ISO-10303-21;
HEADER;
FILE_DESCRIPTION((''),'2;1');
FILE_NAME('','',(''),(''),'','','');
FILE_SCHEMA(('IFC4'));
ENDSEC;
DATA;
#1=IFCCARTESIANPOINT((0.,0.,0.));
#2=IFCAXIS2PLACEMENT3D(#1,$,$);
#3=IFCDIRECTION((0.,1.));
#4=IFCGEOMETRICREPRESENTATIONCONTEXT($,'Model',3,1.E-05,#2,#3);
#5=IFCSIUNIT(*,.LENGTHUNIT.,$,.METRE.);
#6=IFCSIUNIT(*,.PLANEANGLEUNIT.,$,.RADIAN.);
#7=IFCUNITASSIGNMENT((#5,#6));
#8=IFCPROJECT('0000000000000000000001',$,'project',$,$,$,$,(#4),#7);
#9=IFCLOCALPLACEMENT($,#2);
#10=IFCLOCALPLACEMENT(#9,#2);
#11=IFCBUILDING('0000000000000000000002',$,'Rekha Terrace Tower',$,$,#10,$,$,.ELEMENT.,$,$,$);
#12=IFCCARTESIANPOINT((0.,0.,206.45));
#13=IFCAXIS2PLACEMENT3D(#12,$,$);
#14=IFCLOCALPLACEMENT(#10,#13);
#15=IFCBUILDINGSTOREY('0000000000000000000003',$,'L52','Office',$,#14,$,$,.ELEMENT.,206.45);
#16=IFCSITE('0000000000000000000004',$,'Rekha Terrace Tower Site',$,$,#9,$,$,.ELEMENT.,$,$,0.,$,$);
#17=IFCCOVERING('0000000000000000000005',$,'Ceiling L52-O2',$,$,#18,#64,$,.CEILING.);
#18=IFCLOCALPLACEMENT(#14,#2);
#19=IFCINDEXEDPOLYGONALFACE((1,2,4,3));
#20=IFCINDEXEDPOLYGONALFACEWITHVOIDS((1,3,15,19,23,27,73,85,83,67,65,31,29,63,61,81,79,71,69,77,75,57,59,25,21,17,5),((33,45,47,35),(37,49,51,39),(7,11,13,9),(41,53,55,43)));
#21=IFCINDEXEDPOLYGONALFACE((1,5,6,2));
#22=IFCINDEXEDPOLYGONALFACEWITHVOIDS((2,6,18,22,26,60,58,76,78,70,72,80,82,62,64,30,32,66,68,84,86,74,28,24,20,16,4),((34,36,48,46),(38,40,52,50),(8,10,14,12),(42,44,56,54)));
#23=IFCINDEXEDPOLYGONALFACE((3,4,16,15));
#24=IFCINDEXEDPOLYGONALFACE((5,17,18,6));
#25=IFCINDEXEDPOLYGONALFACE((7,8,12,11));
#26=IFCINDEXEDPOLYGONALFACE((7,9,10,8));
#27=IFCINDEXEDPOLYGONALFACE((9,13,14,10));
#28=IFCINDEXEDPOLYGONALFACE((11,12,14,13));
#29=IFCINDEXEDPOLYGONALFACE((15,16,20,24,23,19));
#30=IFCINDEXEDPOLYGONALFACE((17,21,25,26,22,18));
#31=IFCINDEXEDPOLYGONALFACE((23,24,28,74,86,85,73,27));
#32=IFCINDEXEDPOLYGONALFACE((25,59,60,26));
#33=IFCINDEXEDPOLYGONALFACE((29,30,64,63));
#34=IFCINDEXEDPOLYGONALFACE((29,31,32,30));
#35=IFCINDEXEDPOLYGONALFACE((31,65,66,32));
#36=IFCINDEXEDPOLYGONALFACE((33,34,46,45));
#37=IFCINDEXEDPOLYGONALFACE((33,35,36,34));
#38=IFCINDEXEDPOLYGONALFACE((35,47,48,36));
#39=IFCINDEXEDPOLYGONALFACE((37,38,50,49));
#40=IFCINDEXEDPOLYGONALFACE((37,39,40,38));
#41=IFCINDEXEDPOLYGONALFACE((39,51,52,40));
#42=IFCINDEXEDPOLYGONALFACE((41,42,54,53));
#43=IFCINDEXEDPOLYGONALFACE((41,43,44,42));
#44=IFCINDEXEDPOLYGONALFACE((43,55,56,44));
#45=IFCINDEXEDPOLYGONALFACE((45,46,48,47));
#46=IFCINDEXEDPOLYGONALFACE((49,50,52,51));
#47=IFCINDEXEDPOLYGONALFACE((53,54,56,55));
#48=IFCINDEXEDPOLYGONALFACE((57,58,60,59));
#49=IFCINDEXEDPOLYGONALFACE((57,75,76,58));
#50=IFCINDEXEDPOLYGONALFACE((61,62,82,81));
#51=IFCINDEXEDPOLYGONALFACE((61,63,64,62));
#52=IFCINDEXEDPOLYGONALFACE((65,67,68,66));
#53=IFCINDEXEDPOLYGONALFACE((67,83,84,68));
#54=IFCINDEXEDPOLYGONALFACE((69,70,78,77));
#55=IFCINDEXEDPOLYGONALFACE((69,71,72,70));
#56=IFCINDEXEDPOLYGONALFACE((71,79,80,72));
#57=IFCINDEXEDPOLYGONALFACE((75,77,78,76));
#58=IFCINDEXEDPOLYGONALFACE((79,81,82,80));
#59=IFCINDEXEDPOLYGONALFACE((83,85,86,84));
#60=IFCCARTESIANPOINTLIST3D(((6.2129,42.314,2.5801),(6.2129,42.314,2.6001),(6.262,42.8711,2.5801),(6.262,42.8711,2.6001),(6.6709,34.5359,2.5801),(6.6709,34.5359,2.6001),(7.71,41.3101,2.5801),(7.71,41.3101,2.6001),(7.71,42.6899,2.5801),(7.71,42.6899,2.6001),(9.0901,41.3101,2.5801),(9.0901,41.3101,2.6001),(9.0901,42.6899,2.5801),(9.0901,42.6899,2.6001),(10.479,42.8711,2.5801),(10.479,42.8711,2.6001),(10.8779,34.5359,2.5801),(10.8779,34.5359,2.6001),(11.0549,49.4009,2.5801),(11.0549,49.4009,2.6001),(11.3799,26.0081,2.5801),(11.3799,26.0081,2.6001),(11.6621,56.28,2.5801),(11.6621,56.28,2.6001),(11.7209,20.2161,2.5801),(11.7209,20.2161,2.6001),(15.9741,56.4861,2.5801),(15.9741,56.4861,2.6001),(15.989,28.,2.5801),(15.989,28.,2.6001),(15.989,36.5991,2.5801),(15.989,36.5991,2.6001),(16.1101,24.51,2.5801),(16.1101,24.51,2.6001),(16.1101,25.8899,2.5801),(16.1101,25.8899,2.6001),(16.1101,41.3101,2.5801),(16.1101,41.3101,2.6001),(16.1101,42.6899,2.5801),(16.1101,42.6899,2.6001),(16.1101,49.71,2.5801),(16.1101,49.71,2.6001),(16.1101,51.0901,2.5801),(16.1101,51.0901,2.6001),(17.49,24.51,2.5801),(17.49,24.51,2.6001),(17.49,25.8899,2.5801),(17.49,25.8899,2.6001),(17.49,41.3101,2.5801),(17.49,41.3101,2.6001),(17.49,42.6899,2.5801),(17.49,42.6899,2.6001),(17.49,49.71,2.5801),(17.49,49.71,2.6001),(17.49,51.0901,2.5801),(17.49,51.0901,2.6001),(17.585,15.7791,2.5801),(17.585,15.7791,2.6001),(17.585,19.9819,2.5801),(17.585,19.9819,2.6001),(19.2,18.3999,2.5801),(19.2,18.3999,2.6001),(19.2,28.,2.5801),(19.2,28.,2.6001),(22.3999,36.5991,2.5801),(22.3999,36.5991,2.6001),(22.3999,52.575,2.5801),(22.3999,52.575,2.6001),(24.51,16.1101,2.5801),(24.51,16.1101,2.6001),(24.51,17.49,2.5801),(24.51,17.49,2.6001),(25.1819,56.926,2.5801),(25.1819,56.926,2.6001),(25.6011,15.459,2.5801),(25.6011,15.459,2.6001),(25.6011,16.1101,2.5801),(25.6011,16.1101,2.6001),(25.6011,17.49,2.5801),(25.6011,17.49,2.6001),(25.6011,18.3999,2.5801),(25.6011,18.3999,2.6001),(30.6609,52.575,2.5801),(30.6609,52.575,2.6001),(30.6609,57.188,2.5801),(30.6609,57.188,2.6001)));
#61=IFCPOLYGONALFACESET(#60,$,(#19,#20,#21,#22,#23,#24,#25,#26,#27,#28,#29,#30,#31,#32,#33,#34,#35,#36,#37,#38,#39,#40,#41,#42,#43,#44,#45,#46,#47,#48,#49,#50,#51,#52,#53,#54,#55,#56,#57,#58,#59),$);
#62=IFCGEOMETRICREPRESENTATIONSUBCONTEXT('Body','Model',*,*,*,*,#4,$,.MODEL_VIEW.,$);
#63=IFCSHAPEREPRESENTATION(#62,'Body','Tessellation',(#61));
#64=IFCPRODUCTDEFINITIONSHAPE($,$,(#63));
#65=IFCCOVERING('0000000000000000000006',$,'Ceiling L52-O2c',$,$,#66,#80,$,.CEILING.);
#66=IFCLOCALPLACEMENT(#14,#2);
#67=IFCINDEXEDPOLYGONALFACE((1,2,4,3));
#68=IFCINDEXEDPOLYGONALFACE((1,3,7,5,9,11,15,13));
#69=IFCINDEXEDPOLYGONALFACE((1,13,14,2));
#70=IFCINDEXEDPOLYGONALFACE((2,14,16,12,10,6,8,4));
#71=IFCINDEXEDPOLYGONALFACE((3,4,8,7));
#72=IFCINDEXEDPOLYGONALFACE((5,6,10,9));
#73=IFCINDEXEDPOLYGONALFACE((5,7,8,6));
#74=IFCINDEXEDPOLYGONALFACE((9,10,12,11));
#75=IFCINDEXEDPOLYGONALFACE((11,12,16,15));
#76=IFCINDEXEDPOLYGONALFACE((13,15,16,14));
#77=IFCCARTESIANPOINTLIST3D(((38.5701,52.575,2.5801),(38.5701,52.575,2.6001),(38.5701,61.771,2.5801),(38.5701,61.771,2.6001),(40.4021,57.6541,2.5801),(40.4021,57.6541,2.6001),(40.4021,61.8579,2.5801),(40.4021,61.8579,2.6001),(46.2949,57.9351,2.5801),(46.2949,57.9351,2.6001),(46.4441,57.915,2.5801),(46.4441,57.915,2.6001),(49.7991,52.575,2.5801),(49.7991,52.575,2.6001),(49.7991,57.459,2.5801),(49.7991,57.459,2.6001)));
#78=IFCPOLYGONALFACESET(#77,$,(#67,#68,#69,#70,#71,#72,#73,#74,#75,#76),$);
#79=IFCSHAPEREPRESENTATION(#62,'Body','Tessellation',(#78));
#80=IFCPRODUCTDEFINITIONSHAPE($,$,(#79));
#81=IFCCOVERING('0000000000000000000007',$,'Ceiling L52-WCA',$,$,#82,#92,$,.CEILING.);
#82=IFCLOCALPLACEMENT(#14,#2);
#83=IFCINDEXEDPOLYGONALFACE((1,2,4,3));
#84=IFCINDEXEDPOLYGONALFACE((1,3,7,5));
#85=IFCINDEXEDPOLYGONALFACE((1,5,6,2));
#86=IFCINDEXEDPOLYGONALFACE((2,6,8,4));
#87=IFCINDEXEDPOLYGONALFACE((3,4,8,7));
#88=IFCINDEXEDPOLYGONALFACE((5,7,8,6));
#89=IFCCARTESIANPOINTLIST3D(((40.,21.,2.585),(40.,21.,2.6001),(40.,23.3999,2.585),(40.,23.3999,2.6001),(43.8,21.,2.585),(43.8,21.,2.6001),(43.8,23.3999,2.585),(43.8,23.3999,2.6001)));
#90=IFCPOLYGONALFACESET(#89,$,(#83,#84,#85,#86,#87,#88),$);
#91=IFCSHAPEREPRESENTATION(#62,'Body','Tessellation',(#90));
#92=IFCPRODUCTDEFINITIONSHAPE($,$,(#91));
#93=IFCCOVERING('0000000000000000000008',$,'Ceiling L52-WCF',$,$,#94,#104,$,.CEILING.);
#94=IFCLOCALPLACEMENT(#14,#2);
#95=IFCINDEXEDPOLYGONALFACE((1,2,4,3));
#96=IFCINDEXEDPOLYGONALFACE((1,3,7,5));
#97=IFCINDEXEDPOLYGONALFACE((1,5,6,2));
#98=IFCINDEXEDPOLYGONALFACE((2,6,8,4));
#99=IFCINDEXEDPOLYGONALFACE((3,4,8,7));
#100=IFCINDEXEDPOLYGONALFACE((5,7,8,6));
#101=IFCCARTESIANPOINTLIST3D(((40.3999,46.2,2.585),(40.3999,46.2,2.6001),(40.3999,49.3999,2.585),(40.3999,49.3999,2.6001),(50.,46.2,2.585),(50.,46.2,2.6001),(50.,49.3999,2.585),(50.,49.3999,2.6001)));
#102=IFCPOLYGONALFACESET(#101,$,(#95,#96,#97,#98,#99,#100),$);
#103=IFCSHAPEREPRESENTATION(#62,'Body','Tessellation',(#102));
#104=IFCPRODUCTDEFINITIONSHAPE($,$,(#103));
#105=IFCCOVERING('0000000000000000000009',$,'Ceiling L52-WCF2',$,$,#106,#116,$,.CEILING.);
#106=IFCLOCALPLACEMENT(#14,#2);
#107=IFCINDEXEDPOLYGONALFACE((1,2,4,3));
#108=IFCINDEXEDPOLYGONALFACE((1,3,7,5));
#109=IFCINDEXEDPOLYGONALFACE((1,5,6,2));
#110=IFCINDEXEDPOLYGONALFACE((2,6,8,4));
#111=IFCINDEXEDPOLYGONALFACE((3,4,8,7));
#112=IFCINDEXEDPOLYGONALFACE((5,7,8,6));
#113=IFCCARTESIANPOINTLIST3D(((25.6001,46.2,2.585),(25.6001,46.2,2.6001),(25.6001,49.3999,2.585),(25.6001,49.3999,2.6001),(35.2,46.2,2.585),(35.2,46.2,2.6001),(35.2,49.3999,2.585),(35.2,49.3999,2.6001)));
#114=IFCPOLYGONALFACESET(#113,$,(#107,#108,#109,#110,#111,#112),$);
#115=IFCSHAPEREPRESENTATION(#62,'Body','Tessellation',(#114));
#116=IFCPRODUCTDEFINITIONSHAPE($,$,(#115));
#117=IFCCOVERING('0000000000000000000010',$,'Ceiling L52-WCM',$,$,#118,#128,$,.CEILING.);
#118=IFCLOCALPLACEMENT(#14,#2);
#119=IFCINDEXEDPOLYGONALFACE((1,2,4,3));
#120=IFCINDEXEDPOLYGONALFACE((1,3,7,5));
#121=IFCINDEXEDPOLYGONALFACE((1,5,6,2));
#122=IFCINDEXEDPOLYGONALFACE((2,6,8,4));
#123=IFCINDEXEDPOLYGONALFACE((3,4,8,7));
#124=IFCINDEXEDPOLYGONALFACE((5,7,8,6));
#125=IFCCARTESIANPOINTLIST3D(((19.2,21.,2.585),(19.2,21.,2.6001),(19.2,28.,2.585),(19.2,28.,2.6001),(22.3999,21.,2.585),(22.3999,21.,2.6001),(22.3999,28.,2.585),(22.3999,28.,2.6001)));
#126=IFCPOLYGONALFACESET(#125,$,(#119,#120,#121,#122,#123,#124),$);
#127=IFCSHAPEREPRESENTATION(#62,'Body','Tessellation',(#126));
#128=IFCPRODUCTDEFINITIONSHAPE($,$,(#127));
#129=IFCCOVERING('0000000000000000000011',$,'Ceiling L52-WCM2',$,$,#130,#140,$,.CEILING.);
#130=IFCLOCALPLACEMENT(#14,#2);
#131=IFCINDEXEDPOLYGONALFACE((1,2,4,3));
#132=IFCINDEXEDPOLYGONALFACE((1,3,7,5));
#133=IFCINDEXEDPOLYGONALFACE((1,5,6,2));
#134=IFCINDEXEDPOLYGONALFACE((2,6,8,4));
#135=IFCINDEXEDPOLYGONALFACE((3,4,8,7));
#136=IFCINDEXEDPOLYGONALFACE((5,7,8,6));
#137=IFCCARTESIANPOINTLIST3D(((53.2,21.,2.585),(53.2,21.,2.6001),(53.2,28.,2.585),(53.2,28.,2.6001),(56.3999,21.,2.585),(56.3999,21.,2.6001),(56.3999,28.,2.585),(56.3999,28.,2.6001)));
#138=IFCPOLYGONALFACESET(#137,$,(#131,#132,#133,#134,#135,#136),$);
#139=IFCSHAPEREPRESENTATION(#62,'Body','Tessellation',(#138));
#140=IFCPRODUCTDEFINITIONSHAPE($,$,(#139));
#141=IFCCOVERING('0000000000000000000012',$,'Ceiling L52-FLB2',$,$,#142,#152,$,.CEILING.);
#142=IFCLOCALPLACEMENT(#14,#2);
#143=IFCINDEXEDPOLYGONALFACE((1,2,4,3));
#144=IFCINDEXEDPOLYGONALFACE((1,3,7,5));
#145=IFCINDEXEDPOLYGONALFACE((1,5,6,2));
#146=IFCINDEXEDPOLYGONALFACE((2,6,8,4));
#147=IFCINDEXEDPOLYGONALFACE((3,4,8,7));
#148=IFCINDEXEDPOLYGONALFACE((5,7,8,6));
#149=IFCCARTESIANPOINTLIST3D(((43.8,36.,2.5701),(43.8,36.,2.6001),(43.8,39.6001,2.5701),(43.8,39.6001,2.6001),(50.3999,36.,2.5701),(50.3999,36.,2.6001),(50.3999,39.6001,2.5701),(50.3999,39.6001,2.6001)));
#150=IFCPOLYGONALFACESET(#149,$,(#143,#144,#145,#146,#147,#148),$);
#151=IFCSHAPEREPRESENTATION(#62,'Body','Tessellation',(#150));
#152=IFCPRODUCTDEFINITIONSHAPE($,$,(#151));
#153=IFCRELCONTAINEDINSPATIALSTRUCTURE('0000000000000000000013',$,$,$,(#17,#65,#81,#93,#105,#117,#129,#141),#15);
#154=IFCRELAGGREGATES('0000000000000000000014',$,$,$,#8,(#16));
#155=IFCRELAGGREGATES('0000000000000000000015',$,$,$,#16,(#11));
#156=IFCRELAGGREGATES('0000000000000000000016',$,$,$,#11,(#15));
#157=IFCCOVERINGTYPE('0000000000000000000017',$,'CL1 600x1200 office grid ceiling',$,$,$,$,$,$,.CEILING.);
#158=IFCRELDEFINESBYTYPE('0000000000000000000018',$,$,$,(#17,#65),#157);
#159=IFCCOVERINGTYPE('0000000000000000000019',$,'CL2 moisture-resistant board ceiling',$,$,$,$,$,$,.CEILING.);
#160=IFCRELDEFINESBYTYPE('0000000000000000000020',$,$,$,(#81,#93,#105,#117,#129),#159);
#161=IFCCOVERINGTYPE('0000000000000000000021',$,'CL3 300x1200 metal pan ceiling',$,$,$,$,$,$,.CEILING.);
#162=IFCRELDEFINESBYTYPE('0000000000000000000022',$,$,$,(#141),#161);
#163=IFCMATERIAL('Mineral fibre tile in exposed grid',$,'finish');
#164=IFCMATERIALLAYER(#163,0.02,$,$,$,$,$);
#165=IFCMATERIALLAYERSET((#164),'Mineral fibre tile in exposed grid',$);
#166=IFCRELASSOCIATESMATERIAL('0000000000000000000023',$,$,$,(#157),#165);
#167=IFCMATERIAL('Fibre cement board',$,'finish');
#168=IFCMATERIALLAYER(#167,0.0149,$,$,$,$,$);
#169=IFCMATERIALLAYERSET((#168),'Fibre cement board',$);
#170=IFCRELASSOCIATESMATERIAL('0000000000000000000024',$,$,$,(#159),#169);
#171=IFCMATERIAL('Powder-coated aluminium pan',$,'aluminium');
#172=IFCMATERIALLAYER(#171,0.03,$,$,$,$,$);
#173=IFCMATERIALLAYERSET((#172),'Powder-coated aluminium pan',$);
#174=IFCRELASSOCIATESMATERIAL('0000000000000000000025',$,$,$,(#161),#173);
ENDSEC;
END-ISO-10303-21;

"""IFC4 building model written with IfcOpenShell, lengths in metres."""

from ifc_helpers import new_model, si_unit, direction, frame, origin, place, context, subcontext, project, spatial, polyline, outline, extrude, material, layer, layer_set, type_object, element, save


model = new_model("IFC4")

# Units and contexts
model_context = context("Model", 3, precision=1e-05, world=origin(), true_north=direction((0.0, 1.0)))
body_context = subcontext(model_context, "Body", "Model", "MODEL_VIEW")
ifc_project = project(units=[si_unit("LENGTHUNIT", "METRE"), si_unit("PLANEANGLEUNIT", "RADIAN")], contexts=[model_context])

# Site, building, storey
site_placement = place(None, origin())
site = spatial("IfcSite", under=ifc_project, at=site_placement, Name="Rekha Terrace Tower Site", CompositionType="ELEMENT", RefElevation=0.0)
building_placement = place(site_placement, origin())
building = spatial("IfcBuilding", under=site, at=building_placement, Name="Rekha Terrace Tower", CompositionType="ELEMENT")
storey_placement = place(building_placement, frame((0.0, 0.0, 206.45)))
storey = spatial("IfcBuildingStorey", under=building, at=storey_placement, Name="L52", Description="Office", CompositionType="ELEMENT", Elevation=206.45)

# Coverings
ifc_material_1 = material(Name="Mineral fibre tile in exposed grid", Category="finish")
ifc_layer_1 = layer(ifc_material_1, 0.02)
ifc_layer_set_1 = layer_set([ifc_layer_1], Name="Mineral fibre tile in exposed grid")
covering_type_1 = type_object("IfcCoveringType", Name="CL1 600x1200 office grid ceiling", PredefinedType="CEILING", material=ifc_layer_set_1)
covering_1_placement = place(storey_placement, frame((0.0, 0.0, 2.5801)))
element("IfcCovering", 1, at=covering_1_placement, inside=storey, type_object=covering_type_1, Name="Ceiling L52-O2", PredefinedType="CEILING", context=body_context, shape_type="SweptSolid", body=[
    extrude(outline(polyline([(11.6621, 56.28), (11.0549, 49.4009), (10.479, 42.8711), (6.262, 42.8711), (6.2129, 42.314), (6.6709, 34.5359), (10.8779, 34.5359), (11.3799, 26.0081), (11.7209, 20.2161), (17.585, 19.9819), (17.585, 15.7791), (25.6011, 15.459), (25.6011, 16.1101), (24.51, 16.1101), (24.51, 17.49), (25.6011, 17.49), (25.6011, 18.3999), (19.2, 18.3999), (19.2, 28.0), (15.989, 28.0), (15.989, 36.5991), (22.3999, 36.5991), (22.3999, 52.575), (30.6609, 52.575), (30.6609, 57.188), (25.1819, 56.926), (15.9741, 56.4861), (11.6621, 56.28)]), holes=[polyline([(17.49, 24.51), (16.1101, 24.51), (16.1101, 25.8899), (17.49, 25.8899), (17.49, 24.51)]), polyline([(17.49, 42.6899), (17.49, 41.3101), (16.1101, 41.3101), (16.1101, 42.6899), (17.49, 42.6899)]), polyline([(17.49, 51.0901), (17.49, 49.71), (16.1101, 49.71), (16.1101, 51.0901), (17.49, 51.0901)]), polyline([(9.0901, 41.3101), (7.71, 41.3101), (7.71, 42.6899), (9.0901, 42.6899), (9.0901, 41.3101)])]), origin(), (0.0, 0.0, 1.0), 0.02),
])
covering_2_placement = place(storey_placement, frame((0.0, 0.0, 2.5801)))
element("IfcCovering", 2, at=covering_2_placement, inside=storey, type_object=covering_type_1, Name="Ceiling L52-O2c", PredefinedType="CEILING", context=body_context, shape_type="SweptSolid", body=[
    extrude(outline(polyline([(38.5701, 61.771), (38.5701, 52.575), (49.7991, 52.575), (49.7991, 57.459), (46.4441, 57.915), (46.2949, 57.9351), (40.4021, 57.6541), (40.4021, 61.8579), (38.5701, 61.771)])), origin(), (0.0, 0.0, 1.0), 0.02),
])
ifc_material_2 = material(Name="Fibre cement board", Category="finish")
ifc_layer_2 = layer(ifc_material_2, 0.0149)
ifc_layer_set_2 = layer_set([ifc_layer_2], Name="Fibre cement board")
covering_type_2 = type_object("IfcCoveringType", Name="CL2 moisture-resistant board ceiling", PredefinedType="CEILING", material=ifc_layer_set_2)
covering_3_placement = place(storey_placement, frame((0.0, 0.0, 2.585)))
element("IfcCovering", 3, at=covering_3_placement, inside=storey, type_object=covering_type_2, Name="Ceiling L52-WCA", PredefinedType="CEILING", context=body_context, shape_type="SweptSolid", body=[
    extrude(outline(polyline([(43.8, 23.3999), (40.0, 23.3999), (40.0, 21.0), (43.8, 21.0), (43.8, 23.3999)])), origin(), (0.0, 0.0, 1.0), 0.0151),
])
covering_4_placement = place(storey_placement, frame((0.0, 0.0, 2.585)))
element("IfcCovering", 4, at=covering_4_placement, inside=storey, type_object=covering_type_2, Name="Ceiling L52-WCF", PredefinedType="CEILING", context=body_context, shape_type="SweptSolid", body=[
    extrude(outline(polyline([(50.0, 49.3999), (40.3999, 49.3999), (40.3999, 46.2), (50.0, 46.2), (50.0, 49.3999)])), origin(), (0.0, 0.0, 1.0), 0.0151),
])
covering_5_placement = place(storey_placement, frame((0.0, 0.0, 2.585)))
element("IfcCovering", 5, at=covering_5_placement, inside=storey, type_object=covering_type_2, Name="Ceiling L52-WCF2", PredefinedType="CEILING", context=body_context, shape_type="SweptSolid", body=[
    extrude(outline(polyline([(35.2, 49.3999), (25.6001, 49.3999), (25.6001, 46.2), (35.2, 46.2), (35.2, 49.3999)])), origin(), (0.0, 0.0, 1.0), 0.0151),
])
covering_6_placement = place(storey_placement, frame((0.0, 0.0, 2.585)))
element("IfcCovering", 6, at=covering_6_placement, inside=storey, type_object=covering_type_2, Name="Ceiling L52-WCM", PredefinedType="CEILING", context=body_context, shape_type="SweptSolid", body=[
    extrude(outline(polyline([(22.3999, 28.0), (19.2, 28.0), (19.2, 21.0), (22.3999, 21.0), (22.3999, 28.0)])), origin(), (0.0, 0.0, 1.0), 0.0151),
])
covering_7_placement = place(storey_placement, frame((0.0, 0.0, 2.585)))
element("IfcCovering", 7, at=covering_7_placement, inside=storey, type_object=covering_type_2, Name="Ceiling L52-WCM2", PredefinedType="CEILING", context=body_context, shape_type="SweptSolid", body=[
    extrude(outline(polyline([(56.3999, 28.0), (53.2, 28.0), (53.2, 21.0), (56.3999, 21.0), (56.3999, 28.0)])), origin(), (0.0, 0.0, 1.0), 0.0151),
])
ifc_material_3 = material(Name="Powder-coated aluminium pan", Category="aluminium")
ifc_layer_3 = layer(ifc_material_3, 0.03)
ifc_layer_set_3 = layer_set([ifc_layer_3], Name="Powder-coated aluminium pan")
covering_type_3 = type_object("IfcCoveringType", Name="CL3 300x1200 metal pan ceiling", PredefinedType="CEILING", material=ifc_layer_set_3)
covering_8_placement = place(storey_placement, frame((0.0, 0.0, 2.5701)))
element("IfcCovering", 8, at=covering_8_placement, inside=storey, type_object=covering_type_3, Name="Ceiling L52-FLB2", PredefinedType="CEILING", context=body_context, shape_type="SweptSolid", body=[
    extrude(outline(polyline([(50.3999, 39.6001), (43.8, 39.6001), (43.8, 36.0), (50.3999, 36.0), (50.3999, 39.6001)])), origin(), (0.0, 0.0, 1.0), 0.03),
])

save(model, "model.ifc")
